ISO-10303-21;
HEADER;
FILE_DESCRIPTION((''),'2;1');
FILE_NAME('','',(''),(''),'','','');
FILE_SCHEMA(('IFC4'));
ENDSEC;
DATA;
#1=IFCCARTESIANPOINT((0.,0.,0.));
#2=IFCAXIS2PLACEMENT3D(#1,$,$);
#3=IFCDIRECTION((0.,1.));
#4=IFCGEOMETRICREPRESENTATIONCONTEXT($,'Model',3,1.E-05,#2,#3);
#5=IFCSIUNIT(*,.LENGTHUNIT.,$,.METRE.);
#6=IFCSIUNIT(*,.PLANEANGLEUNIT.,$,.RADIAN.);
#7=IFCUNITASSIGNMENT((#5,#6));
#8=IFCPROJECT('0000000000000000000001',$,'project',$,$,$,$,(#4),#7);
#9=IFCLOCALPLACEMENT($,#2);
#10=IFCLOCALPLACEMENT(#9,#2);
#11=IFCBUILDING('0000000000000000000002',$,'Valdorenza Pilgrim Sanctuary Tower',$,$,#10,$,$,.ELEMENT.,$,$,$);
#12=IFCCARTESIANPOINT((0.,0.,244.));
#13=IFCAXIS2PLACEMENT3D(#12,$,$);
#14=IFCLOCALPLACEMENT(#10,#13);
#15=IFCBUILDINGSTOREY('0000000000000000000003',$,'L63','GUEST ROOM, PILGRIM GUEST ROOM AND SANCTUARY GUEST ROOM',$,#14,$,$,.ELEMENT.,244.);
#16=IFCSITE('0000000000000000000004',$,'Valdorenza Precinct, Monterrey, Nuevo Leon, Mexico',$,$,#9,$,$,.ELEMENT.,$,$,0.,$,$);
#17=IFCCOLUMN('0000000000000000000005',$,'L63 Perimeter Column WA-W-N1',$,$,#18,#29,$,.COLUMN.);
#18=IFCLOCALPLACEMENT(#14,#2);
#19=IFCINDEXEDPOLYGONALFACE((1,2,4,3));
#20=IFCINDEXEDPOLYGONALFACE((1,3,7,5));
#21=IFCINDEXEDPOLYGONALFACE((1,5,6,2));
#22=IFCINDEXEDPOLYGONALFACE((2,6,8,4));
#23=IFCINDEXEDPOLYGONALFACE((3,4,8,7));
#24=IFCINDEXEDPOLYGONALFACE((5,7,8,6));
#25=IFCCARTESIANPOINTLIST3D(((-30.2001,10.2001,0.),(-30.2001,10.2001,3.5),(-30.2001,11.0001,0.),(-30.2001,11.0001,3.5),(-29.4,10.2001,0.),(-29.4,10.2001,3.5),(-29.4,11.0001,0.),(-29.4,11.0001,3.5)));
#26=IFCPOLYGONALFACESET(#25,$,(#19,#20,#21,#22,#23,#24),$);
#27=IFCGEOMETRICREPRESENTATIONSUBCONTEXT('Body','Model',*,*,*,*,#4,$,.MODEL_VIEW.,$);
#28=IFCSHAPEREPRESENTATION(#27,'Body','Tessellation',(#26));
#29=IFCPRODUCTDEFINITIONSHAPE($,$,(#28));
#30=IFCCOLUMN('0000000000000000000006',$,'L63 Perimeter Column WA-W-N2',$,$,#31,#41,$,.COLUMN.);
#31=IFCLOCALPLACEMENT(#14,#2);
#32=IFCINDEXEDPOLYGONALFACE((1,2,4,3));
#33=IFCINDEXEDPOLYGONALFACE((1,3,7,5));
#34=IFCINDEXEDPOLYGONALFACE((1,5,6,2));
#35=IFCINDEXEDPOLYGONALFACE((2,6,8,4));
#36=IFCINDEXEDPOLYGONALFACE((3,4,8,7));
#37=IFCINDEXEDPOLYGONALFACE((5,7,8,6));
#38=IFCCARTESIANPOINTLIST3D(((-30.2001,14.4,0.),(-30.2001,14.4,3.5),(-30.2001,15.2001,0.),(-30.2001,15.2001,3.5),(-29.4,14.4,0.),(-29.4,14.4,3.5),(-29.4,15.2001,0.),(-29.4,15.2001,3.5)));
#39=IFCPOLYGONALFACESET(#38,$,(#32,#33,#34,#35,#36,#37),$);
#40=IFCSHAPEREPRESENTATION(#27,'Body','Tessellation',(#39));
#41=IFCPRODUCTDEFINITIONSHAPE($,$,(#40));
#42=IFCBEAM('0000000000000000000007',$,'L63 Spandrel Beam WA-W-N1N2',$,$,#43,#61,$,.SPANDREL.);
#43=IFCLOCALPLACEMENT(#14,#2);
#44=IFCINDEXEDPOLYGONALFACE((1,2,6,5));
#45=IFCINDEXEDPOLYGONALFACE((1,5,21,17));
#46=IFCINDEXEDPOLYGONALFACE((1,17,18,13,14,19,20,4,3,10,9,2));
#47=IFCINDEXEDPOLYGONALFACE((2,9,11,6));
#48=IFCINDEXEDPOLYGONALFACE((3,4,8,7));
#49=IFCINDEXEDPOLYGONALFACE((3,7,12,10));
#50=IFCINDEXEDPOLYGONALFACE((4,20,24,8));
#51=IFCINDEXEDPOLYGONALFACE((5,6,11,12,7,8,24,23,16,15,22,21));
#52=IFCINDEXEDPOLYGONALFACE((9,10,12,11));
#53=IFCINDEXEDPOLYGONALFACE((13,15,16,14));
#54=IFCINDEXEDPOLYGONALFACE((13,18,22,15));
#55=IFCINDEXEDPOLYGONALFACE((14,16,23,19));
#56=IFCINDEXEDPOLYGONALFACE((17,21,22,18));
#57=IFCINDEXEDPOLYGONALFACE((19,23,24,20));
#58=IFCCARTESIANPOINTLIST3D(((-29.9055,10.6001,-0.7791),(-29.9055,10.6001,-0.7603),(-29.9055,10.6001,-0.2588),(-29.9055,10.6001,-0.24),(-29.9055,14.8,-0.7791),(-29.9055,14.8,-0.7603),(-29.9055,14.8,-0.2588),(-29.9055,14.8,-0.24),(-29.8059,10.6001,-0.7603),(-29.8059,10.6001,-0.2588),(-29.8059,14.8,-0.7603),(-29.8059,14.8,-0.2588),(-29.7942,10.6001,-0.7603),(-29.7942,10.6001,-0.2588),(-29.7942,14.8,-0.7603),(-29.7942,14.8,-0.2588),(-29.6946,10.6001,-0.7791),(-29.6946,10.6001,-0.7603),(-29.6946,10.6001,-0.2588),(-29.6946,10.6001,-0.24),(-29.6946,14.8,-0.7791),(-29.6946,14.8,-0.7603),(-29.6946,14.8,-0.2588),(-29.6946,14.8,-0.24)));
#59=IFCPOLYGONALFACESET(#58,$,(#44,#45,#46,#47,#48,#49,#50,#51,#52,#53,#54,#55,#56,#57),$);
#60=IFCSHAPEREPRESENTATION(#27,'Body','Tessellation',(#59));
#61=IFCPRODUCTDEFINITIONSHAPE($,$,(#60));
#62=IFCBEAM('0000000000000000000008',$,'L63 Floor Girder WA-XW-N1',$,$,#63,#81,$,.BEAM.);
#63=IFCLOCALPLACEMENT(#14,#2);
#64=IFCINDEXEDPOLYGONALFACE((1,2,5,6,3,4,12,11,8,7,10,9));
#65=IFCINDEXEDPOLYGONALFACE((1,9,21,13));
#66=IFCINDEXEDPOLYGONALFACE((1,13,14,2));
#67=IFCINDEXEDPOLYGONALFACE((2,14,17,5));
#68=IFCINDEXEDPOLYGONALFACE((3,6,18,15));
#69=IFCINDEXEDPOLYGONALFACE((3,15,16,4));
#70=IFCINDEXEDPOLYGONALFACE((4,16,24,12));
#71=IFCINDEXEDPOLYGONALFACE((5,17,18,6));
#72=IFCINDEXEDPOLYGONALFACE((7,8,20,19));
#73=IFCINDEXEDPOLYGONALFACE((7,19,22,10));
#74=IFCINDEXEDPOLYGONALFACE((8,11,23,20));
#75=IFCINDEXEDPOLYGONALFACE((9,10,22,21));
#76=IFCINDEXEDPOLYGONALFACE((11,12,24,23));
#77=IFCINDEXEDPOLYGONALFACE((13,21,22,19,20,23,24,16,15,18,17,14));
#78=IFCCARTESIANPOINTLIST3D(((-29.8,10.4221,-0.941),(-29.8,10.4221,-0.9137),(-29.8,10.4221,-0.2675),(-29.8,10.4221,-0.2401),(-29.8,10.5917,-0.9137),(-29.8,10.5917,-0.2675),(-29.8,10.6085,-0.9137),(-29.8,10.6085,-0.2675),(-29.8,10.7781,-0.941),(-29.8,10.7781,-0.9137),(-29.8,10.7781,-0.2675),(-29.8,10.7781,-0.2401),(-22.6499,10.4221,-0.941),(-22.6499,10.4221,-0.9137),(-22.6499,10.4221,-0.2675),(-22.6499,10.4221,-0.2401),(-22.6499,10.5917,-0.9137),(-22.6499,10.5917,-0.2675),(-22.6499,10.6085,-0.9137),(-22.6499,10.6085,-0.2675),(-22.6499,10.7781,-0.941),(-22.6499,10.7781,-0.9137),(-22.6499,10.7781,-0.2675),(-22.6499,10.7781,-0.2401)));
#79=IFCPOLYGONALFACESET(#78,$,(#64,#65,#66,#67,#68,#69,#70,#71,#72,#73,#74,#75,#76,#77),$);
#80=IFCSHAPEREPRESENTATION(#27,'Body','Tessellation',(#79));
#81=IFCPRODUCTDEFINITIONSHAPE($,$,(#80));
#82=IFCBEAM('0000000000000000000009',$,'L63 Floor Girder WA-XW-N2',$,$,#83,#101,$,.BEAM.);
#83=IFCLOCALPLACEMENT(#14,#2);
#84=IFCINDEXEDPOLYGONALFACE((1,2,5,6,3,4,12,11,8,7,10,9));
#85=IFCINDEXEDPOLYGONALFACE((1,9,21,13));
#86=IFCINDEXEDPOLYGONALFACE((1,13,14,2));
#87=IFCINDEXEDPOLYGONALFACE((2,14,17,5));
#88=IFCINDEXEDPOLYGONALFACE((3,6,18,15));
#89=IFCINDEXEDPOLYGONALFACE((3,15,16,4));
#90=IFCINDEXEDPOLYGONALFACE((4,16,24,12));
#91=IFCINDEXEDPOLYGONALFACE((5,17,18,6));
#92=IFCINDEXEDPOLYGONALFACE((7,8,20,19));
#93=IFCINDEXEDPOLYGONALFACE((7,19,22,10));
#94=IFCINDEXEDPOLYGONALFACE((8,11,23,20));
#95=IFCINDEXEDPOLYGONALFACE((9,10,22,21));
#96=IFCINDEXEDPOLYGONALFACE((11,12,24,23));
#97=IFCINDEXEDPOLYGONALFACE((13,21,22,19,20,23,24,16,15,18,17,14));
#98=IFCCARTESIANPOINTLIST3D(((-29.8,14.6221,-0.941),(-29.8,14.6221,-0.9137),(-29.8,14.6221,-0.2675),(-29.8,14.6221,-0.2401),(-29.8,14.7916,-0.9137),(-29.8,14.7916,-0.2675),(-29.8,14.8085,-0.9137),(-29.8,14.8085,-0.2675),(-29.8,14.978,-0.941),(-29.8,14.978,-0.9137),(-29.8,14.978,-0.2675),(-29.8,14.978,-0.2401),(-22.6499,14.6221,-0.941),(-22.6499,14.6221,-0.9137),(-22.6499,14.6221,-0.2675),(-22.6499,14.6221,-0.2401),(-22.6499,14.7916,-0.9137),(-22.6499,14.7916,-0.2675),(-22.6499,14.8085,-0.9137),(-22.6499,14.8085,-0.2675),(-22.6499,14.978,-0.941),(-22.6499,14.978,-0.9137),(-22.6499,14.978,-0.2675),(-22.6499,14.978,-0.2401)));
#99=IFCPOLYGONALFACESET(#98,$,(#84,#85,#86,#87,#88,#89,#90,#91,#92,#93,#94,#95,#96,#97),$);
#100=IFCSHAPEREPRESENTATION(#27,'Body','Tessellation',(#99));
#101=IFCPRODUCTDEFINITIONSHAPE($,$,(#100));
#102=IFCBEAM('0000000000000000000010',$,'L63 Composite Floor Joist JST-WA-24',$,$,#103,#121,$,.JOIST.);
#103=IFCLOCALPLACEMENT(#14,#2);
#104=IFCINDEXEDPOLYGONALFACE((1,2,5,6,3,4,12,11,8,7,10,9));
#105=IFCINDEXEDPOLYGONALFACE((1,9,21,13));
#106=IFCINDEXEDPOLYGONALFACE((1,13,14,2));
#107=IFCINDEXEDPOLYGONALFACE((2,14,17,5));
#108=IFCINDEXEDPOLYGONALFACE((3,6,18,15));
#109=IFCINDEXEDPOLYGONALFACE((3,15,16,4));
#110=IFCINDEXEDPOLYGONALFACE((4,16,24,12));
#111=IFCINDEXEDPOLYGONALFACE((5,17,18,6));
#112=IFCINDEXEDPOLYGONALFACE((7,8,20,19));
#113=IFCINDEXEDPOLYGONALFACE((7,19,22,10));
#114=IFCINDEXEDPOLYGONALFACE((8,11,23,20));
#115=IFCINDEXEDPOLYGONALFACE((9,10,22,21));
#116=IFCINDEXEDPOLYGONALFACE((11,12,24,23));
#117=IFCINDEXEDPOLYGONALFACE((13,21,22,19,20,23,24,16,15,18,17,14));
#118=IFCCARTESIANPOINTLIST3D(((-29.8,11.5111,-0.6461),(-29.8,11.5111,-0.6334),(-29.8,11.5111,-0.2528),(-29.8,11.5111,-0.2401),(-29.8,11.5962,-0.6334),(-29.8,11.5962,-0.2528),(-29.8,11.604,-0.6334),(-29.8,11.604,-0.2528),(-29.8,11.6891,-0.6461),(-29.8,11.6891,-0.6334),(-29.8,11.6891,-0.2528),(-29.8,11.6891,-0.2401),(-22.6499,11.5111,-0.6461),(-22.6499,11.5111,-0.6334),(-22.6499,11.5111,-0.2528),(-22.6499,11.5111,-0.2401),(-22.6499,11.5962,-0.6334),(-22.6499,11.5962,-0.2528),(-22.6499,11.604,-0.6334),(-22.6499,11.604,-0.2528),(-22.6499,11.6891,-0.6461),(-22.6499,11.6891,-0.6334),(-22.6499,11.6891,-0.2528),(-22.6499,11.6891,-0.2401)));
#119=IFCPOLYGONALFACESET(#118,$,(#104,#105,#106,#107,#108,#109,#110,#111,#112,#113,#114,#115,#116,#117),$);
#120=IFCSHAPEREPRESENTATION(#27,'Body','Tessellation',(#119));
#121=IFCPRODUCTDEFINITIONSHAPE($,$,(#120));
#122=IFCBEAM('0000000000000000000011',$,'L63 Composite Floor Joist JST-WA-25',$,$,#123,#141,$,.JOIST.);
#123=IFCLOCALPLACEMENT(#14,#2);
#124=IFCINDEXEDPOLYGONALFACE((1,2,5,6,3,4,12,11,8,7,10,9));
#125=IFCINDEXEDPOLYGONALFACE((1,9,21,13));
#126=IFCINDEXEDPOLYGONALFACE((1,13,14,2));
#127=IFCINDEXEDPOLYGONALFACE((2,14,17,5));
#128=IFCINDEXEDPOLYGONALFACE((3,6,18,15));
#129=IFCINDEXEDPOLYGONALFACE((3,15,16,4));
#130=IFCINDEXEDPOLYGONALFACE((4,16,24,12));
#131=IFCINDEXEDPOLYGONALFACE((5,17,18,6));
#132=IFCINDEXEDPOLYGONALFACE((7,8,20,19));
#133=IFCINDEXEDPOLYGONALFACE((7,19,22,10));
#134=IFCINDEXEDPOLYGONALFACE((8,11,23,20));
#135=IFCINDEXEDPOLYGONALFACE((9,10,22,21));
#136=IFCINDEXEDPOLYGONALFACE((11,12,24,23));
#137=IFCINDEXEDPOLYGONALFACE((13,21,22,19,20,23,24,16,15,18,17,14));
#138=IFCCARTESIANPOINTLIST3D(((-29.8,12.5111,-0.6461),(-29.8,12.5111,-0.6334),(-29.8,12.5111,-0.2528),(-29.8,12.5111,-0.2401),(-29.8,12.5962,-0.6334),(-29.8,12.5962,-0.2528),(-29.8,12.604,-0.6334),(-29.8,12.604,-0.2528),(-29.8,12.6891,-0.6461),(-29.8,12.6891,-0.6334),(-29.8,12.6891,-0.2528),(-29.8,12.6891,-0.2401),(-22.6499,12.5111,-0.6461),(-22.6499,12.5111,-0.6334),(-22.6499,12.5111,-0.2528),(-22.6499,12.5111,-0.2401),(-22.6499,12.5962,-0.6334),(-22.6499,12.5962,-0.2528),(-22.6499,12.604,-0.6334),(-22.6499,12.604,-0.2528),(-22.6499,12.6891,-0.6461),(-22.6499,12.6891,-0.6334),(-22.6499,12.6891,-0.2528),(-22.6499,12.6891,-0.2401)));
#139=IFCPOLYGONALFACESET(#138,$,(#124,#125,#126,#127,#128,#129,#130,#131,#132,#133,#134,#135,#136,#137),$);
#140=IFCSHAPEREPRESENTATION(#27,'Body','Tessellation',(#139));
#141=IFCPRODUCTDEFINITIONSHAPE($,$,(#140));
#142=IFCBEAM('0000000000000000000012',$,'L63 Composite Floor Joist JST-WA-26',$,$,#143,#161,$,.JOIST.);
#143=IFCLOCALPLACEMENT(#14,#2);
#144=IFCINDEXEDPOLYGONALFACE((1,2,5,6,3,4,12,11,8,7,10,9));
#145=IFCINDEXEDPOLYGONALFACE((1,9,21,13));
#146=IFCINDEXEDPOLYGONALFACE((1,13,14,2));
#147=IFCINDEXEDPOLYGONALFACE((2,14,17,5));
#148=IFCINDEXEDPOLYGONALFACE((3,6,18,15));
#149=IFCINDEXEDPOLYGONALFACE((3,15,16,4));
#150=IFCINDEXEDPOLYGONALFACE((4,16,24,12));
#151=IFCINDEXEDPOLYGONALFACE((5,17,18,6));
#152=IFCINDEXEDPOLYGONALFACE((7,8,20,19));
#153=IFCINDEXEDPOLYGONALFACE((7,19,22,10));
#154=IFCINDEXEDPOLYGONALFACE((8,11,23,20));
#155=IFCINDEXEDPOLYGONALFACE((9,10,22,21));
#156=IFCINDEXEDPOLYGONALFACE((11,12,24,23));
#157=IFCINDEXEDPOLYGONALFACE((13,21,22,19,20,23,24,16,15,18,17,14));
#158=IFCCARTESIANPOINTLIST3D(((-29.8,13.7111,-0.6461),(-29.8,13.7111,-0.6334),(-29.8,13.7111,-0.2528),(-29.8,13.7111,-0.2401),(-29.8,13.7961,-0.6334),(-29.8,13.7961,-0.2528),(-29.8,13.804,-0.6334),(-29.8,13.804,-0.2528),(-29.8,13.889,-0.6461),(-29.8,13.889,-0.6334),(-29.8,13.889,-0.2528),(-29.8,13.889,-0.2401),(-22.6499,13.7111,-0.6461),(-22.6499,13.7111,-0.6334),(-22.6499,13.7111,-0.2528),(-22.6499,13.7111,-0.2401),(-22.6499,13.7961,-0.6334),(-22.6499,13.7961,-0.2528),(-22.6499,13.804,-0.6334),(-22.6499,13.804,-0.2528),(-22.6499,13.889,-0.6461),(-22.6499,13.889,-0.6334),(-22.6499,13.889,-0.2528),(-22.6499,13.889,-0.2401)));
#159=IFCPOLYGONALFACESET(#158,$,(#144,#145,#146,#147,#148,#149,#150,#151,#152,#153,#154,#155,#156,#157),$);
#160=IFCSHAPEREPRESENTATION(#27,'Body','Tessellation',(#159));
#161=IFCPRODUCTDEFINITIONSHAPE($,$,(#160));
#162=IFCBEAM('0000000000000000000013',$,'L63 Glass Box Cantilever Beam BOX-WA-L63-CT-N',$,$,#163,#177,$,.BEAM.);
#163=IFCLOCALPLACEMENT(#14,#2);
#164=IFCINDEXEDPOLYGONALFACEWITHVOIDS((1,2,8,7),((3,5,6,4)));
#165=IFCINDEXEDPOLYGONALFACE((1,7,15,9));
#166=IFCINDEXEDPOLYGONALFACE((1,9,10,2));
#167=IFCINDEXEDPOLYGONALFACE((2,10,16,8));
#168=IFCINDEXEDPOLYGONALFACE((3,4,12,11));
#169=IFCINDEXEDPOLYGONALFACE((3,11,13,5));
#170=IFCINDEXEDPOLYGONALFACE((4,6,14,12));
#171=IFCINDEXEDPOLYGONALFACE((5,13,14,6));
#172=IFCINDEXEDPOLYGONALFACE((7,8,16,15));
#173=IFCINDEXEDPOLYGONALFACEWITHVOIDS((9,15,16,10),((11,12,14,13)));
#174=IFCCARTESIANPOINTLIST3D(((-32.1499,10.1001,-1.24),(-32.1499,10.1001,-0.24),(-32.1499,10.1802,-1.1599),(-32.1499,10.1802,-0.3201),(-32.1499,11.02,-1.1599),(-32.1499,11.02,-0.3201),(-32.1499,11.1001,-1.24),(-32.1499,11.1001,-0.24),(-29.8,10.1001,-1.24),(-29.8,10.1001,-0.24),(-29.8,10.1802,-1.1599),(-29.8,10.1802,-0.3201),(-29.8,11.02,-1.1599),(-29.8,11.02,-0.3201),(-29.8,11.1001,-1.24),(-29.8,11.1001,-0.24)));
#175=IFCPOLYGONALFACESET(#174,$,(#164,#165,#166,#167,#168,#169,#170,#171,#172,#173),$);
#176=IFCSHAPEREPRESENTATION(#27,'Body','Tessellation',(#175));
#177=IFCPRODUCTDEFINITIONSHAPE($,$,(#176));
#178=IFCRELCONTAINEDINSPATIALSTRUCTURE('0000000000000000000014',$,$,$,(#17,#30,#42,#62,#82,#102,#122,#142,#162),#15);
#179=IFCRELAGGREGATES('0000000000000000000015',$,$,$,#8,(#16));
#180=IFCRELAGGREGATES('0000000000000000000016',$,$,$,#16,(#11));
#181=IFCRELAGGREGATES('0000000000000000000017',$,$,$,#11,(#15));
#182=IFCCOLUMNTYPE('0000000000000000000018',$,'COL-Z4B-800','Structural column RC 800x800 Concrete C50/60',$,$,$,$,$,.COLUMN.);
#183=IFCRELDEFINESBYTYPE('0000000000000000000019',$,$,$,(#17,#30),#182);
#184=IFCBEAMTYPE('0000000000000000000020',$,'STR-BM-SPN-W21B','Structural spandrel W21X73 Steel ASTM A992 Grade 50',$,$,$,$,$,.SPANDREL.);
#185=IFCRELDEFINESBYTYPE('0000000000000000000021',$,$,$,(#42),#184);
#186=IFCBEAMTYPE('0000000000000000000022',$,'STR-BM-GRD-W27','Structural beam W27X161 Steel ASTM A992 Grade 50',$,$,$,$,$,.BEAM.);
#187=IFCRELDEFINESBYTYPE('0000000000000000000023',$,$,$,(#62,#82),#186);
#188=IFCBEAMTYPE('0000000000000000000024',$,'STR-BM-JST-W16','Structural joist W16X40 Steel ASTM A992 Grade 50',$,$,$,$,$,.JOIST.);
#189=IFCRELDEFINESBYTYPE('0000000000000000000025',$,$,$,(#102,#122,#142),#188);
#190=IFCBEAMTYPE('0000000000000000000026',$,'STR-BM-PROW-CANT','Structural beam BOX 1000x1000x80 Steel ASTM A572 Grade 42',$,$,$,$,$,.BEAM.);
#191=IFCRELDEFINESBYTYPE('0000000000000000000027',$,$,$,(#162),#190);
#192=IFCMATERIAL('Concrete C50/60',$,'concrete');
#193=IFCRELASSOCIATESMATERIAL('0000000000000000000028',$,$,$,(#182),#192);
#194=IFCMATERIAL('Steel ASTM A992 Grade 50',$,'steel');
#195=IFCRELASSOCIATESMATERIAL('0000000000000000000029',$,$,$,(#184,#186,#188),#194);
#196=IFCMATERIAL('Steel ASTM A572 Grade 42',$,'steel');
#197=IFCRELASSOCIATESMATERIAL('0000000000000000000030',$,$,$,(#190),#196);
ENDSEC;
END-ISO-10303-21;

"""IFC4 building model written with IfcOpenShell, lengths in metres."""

from ifc_helpers import new_model, si_unit, direction, frame, origin, origin_2d, place, context, subcontext, project, spatial, rectangle, hollow_rectangle, i_section, extrude, source, transform, mapped, material, material_profile, profile_set, type_object, element, save


model = new_model("IFC4")

# Units and contexts
model_context = context("Model", 3, precision=1e-05, world=origin(), true_north=direction((0.0, 1.0)))
body_context = subcontext(model_context, "Body", "Model", "MODEL_VIEW")
ifc_project = project(units=[si_unit("LENGTHUNIT", "METRE"), si_unit("PLANEANGLEUNIT", "RADIAN")], contexts=[model_context])

# Site, building, storey
site_placement = place(None, origin())
site = spatial("IfcSite", under=ifc_project, at=site_placement, Name="Valdorenza Precinct, Monterrey, Nuevo Leon, Mexico", CompositionType="ELEMENT", RefElevation=0.0)
building_placement = place(site_placement, origin())
building = spatial("IfcBuilding", under=site, at=building_placement, Name="Valdorenza Pilgrim Sanctuary Tower", CompositionType="ELEMENT")
storey_placement = place(building_placement, frame((0.0, 0.0, 244.0)))
storey = spatial("IfcBuildingStorey", under=building, at=storey_placement, Name="L63", Description="GUEST ROOM, PILGRIM GUEST ROOM AND SANCTUARY GUEST ROOM", CompositionType="ELEMENT", Elevation=244.0)

# Columns
ifc_material_1 = material(Name="Concrete C50/60", Category="concrete")
ifc_material_profile_1 = material_profile(ifc_material_1, rectangle(XDim=0.8, YDim=0.8, at=origin_2d()), Name="RC 800x800")
ifc_profile_set_1 = profile_set([ifc_material_profile_1], Name="Concrete C50/60")
column_type = type_object("IfcColumnType", Name="COL-Z4B-800", Description="Structural column RC 800x800 Concrete C50/60", PredefinedType="COLUMN", material=ifc_profile_set_1)
shared_shape_1 = source(origin(), body_context, "Body", "SweptSolid", [
    extrude(rectangle(XDim=0.8, YDim=0.8, at=origin_2d()), origin(), (0.0, 0.0, 1.0), 3.5),
])
for number, where, z_axis, x_axis, name in (
    (1, (-29.8, 10.6001, 0.0), (0.0, 0.0, 1.0), (1.0, 0.0, 0.0), "L63 Perimeter Column WA-W-N1"),
    (2, (-29.8, 14.8, 0.0), (0.0, 0.0, 1.0), (1.0, 0.0, 0.0), "L63 Perimeter Column WA-W-N2"),
):
    element("IfcColumn", number, at=place(storey_placement, frame(where, z_axis=z_axis, x_axis=x_axis)), inside=storey, type_object=column_type, Name=name, PredefinedType="COLUMN", context=body_context, shape_type="MappedRepresentation", body=[
        mapped(shared_shape_1, transform((0.0, 0.0, 0.0), x_axis=(1.0, 0.0, 0.0), y_axis=(0.0, 1.0, 0.0), z_axis=(0.0, 0.0, 1.0), scale=1.0)),
    ])

# Beams
ifc_material_2 = material(Name="Steel ASTM A992 Grade 50", Category="steel")
ifc_material_profile_2 = material_profile(ifc_material_2, i_section(OverallWidth=0.2109, OverallDepth=0.5391, WebThickness=0.0117, FlangeThickness=0.0188, at=origin_2d()), Name="W21X73")
ifc_profile_set_2 = profile_set([ifc_material_profile_2], Name="Steel ASTM A992 Grade 50")
beam_type_1 = type_object("IfcBeamType", Name="STR-BM-SPN-W21B", Description="Structural spandrel W21X73 Steel ASTM A992 Grade 50", PredefinedType="SPANDREL", material=ifc_profile_set_2)
shared_shape_2 = source(origin(), body_context, "Body", "SweptSolid", [
    extrude(i_section(OverallWidth=0.2109, OverallDepth=0.5391, WebThickness=0.0117, FlangeThickness=0.0188, at=origin_2d()), origin(), (0.0, 0.0, 1.0), 4.2),
])
beam_1_placement = place(storey_placement, frame((-29.8, 10.6001, -0.5095), z_axis=(0.0, 1.0, 0.0), x_axis=(-1.0, 0.0, 0.0)))
element("IfcBeam", 3, at=beam_1_placement, inside=storey, type_object=beam_type_1, Name="L63 Spandrel Beam WA-W-N1N2", PredefinedType="SPANDREL", context=body_context, shape_type="MappedRepresentation", body=[
    mapped(shared_shape_2, transform((0.0, 0.0, 0.0), x_axis=(1.0, 0.0, 0.0), y_axis=(0.0, 1.0, 0.0), z_axis=(0.0, 0.0, 1.0), scale=1.0)),
])
ifc_material_profile_3 = material_profile(ifc_material_2, i_section(OverallWidth=0.356, OverallDepth=0.7009, WebThickness=0.0168, FlangeThickness=0.0273, at=origin_2d()), Name="W27X161")
ifc_profile_set_3 = profile_set([ifc_material_profile_3], Name="Steel ASTM A992 Grade 50")
beam_type_2 = type_object("IfcBeamType", Name="STR-BM-GRD-W27", Description="Structural beam W27X161 Steel ASTM A992 Grade 50", PredefinedType="BEAM", material=ifc_profile_set_3)
shared_shape_3 = source(origin(), body_context, "Body", "SweptSolid", [
    extrude(i_section(OverallWidth=0.356, OverallDepth=0.7009, WebThickness=0.0168, FlangeThickness=0.0273, at=origin_2d()), origin(), (0.0, 0.0, 1.0), 7.1501),
])
for number, where, z_axis, x_axis, name in (
    (4, (-29.8, 10.6001, -0.5906), (1.0, 0.0, 0.0), (0.0, 1.0, 0.0), "L63 Floor Girder WA-XW-N1"),
    (5, (-29.8, 14.8, -0.5906), (1.0, 0.0, 0.0), (0.0, 1.0, 0.0), "L63 Floor Girder WA-XW-N2"),
):
    element("IfcBeam", number, at=place(storey_placement, frame(where, z_axis=z_axis, x_axis=x_axis)), inside=storey, type_object=beam_type_2, Name=name, PredefinedType="BEAM", context=body_context, shape_type="MappedRepresentation", body=[
        mapped(shared_shape_3, transform((0.0, 0.0, 0.0), x_axis=(1.0, 0.0, 0.0), y_axis=(0.0, 1.0, 0.0), z_axis=(0.0, 0.0, 1.0), scale=1.0)),
    ])
ifc_material_profile_4 = material_profile(ifc_material_2, i_section(OverallWidth=0.178, OverallDepth=0.406, WebThickness=0.0078, FlangeThickness=0.0127, at=origin_2d()), Name="W16X40")
ifc_profile_set_4 = profile_set([ifc_material_profile_4], Name="Steel ASTM A992 Grade 50")
beam_type_3 = type_object("IfcBeamType", Name="STR-BM-JST-W16", Description="Structural joist W16X40 Steel ASTM A992 Grade 50", PredefinedType="JOIST", material=ifc_profile_set_4)
shared_shape_4 = source(origin(), body_context, "Body", "SweptSolid", [
    extrude(i_section(OverallWidth=0.178, OverallDepth=0.406, WebThickness=0.0078, FlangeThickness=0.0127, at=origin_2d()), origin(), (0.0, 0.0, 1.0), 7.1501),
])
for number, where, z_axis, x_axis, name in (
    (6, (-29.8, 11.6001, -0.4431), (1.0, 0.0, 0.0), (0.0, 1.0, 0.0), "L63 Composite Floor Joist JST-WA-24"),
    (7, (-29.8, 12.6001, -0.4431), (1.0, 0.0, 0.0), (0.0, 1.0, 0.0), "L63 Composite Floor Joist JST-WA-25"),
    (8, (-29.8, 13.8, -0.4431), (1.0, 0.0, 0.0), (0.0, 1.0, 0.0), "L63 Composite Floor Joist JST-WA-26"),
):
    element("IfcBeam", number, at=place(storey_placement, frame(where, z_axis=z_axis, x_axis=x_axis)), inside=storey, type_object=beam_type_3, Name=name, PredefinedType="JOIST", context=body_context, shape_type="MappedRepresentation", body=[
        mapped(shared_shape_4, transform((0.0, 0.0, 0.0), x_axis=(1.0, 0.0, 0.0), y_axis=(0.0, 1.0, 0.0), z_axis=(0.0, 0.0, 1.0), scale=1.0)),
    ])
ifc_material_3 = material(Name="Steel ASTM A572 Grade 42", Category="steel")
ifc_material_profile_5 = material_profile(ifc_material_3, hollow_rectangle(XDim=1.0, YDim=1.0, WallThickness=0.0801, at=origin_2d()), Name="BOX 1000x1000x80")
ifc_profile_set_5 = profile_set([ifc_material_profile_5], Name="Steel ASTM A572 Grade 42")
beam_type_4 = type_object("IfcBeamType", Name="STR-BM-PROW-CANT", Description="Structural beam BOX 1000x1000x80 Steel ASTM A572 Grade 42", PredefinedType="BEAM", material=ifc_profile_set_5)
shared_shape_5 = source(origin(), body_context, "Body", "SweptSolid", [
    extrude(hollow_rectangle(XDim=1.0, YDim=1.0, WallThickness=0.0801, at=origin_2d()), origin(), (0.0, 0.0, 1.0), 2.3499),
])
beam_2_placement = place(storey_placement, frame((-29.8, 10.6001, -0.74), z_axis=(-1.0, 0.0, 0.0), x_axis=(0.0, -1.0, 0.0)))
element("IfcBeam", 9, at=beam_2_placement, inside=storey, type_object=beam_type_4, Name="L63 Glass Box Cantilever Beam BOX-WA-L63-CT-N", PredefinedType="BEAM", context=body_context, shape_type="MappedRepresentation", body=[
    mapped(shared_shape_5, transform((0.0, 0.0, 0.0), x_axis=(1.0, 0.0, 0.0), y_axis=(0.0, 1.0, 0.0), z_axis=(0.0, 0.0, 1.0), scale=1.0)),
])

save(model, "model.ifc")
